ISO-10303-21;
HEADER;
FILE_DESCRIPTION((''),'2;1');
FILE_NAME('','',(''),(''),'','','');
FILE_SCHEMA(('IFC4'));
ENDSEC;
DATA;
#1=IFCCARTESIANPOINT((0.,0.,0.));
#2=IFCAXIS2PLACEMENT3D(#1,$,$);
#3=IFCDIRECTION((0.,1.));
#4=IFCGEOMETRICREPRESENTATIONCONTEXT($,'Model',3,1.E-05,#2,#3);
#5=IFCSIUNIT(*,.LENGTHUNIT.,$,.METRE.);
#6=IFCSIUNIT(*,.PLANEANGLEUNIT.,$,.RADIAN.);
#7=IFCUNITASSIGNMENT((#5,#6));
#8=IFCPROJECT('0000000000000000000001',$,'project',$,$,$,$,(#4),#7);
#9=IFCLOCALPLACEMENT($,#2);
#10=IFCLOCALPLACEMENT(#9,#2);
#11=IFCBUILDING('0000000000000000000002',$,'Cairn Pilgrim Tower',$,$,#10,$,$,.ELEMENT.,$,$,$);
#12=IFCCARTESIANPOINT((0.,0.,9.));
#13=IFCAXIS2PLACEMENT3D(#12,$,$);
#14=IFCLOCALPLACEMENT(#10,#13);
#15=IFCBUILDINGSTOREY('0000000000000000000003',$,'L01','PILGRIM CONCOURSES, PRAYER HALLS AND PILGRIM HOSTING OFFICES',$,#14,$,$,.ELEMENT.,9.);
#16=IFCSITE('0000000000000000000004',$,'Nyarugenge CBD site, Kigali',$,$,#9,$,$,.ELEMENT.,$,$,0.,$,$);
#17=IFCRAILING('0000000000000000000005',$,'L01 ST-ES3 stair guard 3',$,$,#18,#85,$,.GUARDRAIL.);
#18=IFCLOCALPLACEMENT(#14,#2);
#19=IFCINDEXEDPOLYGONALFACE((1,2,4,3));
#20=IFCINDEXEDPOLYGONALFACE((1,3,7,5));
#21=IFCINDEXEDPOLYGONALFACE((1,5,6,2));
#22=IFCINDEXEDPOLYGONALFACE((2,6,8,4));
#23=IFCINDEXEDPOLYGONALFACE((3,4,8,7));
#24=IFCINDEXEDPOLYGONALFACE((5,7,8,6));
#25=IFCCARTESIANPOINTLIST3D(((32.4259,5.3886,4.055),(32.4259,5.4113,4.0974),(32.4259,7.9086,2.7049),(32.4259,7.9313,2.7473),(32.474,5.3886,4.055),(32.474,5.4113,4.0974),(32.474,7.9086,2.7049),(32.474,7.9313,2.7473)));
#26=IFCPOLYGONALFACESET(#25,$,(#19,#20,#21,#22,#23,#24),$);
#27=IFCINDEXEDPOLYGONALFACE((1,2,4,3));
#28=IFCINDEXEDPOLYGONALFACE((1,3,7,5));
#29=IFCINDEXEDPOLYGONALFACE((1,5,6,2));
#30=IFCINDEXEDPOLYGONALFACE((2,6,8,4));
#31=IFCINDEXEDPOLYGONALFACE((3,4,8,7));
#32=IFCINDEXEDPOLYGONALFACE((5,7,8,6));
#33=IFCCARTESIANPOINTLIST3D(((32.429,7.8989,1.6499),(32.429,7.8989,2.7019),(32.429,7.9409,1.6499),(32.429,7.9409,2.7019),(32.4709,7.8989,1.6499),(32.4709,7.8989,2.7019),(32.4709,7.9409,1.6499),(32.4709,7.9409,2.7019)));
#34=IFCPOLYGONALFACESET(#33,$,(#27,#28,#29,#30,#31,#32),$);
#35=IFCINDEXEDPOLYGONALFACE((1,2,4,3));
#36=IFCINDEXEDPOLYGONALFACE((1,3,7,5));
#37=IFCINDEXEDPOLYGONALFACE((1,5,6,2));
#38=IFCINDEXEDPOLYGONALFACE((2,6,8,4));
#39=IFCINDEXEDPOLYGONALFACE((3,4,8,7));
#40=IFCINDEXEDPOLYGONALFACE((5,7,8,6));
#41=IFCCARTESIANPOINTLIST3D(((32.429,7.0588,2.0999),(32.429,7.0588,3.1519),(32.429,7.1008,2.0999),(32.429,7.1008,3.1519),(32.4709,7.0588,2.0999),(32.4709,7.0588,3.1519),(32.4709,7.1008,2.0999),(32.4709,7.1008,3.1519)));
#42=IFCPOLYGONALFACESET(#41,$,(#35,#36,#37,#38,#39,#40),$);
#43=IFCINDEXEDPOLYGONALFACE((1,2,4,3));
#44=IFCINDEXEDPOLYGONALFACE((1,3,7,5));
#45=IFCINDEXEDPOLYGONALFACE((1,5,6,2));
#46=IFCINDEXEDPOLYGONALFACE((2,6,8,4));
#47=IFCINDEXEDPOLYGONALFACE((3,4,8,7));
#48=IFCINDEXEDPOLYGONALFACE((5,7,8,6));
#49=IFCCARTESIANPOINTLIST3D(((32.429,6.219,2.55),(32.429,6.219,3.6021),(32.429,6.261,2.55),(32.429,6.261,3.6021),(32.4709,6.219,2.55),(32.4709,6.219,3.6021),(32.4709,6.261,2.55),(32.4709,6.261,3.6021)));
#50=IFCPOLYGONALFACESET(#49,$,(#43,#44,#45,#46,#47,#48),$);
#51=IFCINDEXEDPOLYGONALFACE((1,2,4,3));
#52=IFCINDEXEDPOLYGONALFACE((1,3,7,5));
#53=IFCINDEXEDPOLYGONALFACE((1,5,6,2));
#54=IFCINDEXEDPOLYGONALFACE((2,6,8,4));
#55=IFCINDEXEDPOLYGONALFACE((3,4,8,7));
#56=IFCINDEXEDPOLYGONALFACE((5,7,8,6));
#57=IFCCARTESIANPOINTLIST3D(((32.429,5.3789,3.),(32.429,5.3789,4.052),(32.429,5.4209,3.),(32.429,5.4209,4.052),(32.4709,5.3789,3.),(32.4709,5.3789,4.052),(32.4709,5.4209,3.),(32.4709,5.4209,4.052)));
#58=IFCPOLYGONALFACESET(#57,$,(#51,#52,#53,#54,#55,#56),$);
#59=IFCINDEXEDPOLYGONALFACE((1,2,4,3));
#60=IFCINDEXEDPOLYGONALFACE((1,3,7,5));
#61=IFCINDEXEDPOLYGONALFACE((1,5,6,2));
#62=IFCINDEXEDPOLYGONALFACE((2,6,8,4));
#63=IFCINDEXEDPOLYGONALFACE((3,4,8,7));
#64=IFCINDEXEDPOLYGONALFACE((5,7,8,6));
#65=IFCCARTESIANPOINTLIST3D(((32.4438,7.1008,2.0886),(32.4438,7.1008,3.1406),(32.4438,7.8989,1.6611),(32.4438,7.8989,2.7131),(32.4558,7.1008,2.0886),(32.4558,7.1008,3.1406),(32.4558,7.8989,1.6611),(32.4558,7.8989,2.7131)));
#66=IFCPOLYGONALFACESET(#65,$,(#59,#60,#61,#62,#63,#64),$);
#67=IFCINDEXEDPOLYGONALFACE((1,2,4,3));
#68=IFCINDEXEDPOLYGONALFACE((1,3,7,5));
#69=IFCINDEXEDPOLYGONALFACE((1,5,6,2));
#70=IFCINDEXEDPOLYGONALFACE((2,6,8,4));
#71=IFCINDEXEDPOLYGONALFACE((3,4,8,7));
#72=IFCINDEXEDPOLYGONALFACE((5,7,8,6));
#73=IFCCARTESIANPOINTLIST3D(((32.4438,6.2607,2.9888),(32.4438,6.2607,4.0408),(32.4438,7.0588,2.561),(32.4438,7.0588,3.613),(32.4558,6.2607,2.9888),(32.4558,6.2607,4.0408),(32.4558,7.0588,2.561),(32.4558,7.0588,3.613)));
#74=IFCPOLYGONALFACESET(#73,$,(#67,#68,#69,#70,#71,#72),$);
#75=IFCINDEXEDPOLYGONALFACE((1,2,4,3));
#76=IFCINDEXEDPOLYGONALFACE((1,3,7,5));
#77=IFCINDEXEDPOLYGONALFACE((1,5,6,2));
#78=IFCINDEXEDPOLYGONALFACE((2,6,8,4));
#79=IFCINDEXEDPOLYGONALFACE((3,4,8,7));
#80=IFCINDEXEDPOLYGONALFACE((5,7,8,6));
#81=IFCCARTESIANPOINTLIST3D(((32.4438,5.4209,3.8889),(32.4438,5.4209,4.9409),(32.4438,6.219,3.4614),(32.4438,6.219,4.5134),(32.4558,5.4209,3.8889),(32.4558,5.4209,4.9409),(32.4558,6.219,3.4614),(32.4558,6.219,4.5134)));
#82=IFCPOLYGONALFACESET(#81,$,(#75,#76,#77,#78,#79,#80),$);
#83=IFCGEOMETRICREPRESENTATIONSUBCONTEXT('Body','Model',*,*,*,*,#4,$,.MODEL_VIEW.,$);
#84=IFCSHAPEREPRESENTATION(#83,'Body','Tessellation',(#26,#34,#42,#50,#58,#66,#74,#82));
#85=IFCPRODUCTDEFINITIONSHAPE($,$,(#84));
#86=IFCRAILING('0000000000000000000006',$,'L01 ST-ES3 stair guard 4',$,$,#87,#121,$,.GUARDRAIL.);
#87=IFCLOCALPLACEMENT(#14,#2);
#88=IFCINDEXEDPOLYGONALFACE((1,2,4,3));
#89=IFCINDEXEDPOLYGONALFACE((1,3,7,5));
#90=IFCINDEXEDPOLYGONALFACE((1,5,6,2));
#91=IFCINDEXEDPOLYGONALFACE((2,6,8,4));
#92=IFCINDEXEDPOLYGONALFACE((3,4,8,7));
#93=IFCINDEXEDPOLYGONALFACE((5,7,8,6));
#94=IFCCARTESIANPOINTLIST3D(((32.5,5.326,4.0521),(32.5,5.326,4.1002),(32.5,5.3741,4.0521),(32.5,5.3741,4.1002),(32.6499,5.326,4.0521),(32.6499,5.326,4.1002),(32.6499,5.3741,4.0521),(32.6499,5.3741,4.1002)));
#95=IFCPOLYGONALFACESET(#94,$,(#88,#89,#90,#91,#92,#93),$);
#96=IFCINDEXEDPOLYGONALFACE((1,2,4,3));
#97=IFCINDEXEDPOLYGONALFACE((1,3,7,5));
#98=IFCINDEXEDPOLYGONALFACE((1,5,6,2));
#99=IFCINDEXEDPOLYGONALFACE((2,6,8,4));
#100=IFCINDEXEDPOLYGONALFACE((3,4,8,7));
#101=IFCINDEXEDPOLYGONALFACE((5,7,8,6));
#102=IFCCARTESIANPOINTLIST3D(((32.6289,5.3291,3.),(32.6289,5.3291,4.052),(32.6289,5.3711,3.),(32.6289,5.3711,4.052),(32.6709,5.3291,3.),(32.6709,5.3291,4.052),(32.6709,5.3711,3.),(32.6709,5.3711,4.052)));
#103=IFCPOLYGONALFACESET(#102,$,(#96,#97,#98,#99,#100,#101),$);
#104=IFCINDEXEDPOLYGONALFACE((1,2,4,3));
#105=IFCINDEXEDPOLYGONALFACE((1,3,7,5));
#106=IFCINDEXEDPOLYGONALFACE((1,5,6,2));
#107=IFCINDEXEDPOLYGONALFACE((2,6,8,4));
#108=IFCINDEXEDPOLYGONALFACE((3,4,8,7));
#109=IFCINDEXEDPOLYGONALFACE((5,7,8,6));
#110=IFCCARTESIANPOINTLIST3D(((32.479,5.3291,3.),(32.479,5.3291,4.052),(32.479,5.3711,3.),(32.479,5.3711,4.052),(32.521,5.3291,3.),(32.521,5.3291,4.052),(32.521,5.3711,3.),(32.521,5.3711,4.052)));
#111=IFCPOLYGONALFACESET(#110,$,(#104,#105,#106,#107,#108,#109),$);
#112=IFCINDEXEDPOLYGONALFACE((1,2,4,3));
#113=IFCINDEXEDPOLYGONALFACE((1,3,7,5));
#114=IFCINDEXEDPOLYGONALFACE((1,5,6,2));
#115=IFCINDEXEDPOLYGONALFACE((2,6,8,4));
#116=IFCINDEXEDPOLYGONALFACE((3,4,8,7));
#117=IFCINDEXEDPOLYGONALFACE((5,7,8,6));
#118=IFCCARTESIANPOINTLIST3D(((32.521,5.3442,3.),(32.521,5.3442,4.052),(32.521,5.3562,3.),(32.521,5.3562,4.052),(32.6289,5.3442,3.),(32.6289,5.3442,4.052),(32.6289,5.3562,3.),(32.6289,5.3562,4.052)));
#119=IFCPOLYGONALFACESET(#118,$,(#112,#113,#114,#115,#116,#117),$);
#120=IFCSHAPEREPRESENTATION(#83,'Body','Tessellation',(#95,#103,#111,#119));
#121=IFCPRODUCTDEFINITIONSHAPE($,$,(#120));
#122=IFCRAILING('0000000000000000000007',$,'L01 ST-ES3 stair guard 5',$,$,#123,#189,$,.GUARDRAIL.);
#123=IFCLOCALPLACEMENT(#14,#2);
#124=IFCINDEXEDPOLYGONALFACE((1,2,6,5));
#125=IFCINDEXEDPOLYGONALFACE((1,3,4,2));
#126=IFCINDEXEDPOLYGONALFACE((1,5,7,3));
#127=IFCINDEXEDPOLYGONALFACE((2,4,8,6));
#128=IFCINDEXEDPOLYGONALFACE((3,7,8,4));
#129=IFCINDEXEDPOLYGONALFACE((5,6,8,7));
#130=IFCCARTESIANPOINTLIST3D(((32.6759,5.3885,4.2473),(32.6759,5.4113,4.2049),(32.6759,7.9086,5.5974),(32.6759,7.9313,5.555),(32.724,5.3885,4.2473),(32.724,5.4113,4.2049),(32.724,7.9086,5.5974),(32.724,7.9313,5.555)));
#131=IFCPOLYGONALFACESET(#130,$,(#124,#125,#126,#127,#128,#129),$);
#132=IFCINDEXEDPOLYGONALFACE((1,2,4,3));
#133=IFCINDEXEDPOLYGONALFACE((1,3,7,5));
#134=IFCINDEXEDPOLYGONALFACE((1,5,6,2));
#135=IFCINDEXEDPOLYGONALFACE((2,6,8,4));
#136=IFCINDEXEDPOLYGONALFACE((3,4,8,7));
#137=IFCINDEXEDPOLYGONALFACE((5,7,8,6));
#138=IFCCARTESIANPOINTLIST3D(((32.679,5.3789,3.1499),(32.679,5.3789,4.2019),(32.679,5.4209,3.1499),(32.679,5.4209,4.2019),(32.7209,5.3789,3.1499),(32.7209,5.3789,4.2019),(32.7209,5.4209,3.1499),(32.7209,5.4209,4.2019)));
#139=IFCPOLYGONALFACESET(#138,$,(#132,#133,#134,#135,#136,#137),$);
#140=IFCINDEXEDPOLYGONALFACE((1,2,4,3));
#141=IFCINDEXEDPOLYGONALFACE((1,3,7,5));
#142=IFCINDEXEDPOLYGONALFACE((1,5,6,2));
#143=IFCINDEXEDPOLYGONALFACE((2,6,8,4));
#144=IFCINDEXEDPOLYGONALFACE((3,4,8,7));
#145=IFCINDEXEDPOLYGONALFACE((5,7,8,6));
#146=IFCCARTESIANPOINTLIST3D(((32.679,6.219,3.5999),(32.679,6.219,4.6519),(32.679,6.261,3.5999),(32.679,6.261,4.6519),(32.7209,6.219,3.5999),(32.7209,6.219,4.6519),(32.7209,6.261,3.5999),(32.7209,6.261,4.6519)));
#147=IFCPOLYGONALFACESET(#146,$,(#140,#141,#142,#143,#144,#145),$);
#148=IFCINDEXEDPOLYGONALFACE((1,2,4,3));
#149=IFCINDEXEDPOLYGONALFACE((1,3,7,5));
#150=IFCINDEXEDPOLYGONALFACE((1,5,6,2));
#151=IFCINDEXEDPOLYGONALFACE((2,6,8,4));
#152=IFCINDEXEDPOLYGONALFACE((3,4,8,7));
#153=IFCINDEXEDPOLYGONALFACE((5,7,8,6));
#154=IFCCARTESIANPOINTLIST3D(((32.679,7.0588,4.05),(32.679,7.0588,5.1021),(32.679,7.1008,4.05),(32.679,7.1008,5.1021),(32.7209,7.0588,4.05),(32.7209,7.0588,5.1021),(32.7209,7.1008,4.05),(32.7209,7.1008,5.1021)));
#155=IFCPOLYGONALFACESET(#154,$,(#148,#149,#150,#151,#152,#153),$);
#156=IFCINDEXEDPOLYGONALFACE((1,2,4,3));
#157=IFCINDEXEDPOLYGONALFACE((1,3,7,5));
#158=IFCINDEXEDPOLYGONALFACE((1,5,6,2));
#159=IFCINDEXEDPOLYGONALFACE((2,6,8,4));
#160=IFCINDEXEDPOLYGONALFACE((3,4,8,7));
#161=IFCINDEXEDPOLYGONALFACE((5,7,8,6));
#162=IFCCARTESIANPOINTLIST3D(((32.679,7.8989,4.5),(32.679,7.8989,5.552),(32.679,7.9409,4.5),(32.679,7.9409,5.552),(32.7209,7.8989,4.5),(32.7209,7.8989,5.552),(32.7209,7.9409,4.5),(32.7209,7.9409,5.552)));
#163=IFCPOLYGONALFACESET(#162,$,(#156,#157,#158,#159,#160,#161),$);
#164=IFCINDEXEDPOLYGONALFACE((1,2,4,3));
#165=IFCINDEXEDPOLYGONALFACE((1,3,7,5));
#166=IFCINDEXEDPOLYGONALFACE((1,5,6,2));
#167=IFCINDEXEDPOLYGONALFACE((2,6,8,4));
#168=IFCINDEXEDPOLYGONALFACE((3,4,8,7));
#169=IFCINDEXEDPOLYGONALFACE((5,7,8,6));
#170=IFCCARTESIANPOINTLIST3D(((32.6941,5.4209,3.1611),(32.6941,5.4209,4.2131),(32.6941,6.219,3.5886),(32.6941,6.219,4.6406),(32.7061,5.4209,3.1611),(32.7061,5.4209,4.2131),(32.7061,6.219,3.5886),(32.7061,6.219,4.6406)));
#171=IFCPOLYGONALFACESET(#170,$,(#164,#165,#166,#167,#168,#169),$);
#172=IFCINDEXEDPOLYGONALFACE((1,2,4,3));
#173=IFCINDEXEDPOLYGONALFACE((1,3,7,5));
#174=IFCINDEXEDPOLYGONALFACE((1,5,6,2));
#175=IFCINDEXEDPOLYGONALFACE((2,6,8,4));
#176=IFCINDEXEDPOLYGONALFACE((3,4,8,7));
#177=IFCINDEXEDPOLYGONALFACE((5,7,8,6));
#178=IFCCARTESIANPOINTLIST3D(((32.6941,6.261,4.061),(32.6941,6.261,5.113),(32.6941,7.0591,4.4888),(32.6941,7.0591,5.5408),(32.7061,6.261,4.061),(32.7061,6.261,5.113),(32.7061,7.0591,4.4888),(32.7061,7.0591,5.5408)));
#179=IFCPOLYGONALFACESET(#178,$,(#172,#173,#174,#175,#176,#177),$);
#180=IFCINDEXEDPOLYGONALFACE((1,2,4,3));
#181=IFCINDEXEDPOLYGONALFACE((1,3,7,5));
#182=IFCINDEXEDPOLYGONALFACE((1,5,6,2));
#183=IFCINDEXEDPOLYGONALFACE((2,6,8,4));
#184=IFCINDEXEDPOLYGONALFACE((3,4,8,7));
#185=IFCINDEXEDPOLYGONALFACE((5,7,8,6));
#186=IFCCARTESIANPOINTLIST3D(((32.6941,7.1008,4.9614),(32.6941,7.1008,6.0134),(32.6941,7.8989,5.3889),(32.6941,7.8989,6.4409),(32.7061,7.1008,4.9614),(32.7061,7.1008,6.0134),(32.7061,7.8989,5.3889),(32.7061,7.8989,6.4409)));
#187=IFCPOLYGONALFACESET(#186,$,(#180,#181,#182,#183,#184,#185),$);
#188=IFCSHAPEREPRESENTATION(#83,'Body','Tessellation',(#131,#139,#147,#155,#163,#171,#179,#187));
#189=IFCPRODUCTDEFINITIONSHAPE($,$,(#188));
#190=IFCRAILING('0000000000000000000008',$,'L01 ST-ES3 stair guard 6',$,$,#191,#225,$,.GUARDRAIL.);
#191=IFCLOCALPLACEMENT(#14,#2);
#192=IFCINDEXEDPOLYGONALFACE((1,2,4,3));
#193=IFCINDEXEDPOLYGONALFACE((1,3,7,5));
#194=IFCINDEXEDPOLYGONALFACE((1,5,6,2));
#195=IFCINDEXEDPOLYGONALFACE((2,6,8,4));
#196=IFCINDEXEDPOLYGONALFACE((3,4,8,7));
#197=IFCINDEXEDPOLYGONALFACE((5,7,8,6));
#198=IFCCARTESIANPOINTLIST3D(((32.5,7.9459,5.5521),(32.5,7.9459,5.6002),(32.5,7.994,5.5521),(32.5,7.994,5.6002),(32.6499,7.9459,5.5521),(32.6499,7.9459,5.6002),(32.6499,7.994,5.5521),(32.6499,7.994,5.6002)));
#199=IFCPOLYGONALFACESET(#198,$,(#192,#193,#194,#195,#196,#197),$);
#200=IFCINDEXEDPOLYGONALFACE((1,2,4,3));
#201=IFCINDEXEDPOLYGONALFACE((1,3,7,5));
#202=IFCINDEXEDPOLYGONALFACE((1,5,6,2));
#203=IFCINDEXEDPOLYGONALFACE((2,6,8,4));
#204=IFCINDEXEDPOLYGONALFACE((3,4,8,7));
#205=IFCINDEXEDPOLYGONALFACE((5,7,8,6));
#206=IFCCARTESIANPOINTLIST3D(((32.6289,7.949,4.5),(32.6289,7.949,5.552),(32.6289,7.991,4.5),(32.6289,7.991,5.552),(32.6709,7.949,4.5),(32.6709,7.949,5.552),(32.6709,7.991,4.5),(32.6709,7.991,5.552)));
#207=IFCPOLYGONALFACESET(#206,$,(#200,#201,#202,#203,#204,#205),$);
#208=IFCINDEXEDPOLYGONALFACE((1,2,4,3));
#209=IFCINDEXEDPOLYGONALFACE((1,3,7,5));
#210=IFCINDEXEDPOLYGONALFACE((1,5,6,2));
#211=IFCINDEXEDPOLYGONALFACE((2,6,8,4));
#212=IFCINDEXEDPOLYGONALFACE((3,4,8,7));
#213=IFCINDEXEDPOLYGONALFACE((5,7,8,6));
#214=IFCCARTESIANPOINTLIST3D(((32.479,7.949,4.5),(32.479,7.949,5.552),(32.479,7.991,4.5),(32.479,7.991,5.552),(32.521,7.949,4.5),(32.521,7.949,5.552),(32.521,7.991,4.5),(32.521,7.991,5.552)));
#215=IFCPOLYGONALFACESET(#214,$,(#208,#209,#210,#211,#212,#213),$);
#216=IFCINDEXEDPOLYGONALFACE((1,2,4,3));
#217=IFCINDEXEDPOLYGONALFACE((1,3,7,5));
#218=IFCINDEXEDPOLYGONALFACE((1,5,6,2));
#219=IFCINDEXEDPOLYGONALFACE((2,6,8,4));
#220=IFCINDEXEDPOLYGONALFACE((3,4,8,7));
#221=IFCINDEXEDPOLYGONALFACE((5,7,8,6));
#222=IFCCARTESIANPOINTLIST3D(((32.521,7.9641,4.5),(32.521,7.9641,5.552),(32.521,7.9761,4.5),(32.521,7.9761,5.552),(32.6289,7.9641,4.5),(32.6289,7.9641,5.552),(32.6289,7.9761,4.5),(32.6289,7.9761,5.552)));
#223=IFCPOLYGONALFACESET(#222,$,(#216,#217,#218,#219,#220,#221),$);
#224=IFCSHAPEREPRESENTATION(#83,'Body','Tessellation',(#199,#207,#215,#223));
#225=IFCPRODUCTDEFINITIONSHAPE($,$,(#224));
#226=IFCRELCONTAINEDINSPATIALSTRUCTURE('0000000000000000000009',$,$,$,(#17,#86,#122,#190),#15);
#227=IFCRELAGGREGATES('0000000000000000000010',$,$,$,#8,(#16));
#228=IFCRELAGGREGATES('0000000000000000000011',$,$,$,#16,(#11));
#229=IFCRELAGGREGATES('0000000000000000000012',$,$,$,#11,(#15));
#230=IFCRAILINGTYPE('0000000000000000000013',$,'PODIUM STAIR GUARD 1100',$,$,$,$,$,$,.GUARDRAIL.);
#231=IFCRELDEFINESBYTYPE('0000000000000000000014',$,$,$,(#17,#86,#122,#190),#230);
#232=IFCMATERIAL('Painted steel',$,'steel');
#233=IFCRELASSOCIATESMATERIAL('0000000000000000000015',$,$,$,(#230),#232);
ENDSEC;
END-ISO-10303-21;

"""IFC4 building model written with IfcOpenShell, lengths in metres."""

from ifc_helpers import new_model, si_unit, direction, frame, origin, origin_2d, place, context, subcontext, project, spatial, polyline, rectangle, outline, extrude, material, type_object, element, save


model = new_model("IFC4")

# Units and contexts
model_context = context("Model", 3, precision=1e-05, world=origin(), true_north=direction((0.0, 1.0)))
body_context = subcontext(model_context, "Body", "Model", "MODEL_VIEW")
ifc_project = project(units=[si_unit("LENGTHUNIT", "METRE"), si_unit("PLANEANGLEUNIT", "RADIAN")], contexts=[model_context])

# Site, building, storey
site_placement = place(None, origin())
site = spatial("IfcSite", under=ifc_project, at=site_placement, Name="Nyarugenge CBD site, Kigali", CompositionType="ELEMENT", RefElevation=0.0)
building_placement = place(site_placement, origin())
building = spatial("IfcBuilding", under=site, at=building_placement, Name="Cairn Pilgrim Tower", CompositionType="ELEMENT")
storey_placement = place(building_placement, frame((0.0, 0.0, 9.0)))
storey = spatial("IfcBuildingStorey", under=building, at=storey_placement, Name="L01", Description="PILGRIM CONCOURSES, PRAYER HALLS AND PILGRIM HOSTING OFFICES", CompositionType="ELEMENT", Elevation=9.0)

# Railings
ifc_material_1 = material(Name="Painted steel", Category="steel")
railing_type_1 = type_object("IfcRailingType", Name="PODIUM STAIR GUARD 1100", PredefinedType="GUARDRAIL", material=ifc_material_1)
railing_1_placement = place(storey_placement, frame((32.45, 7.9199, 1.6499)))
element("IfcRailing", 1, at=railing_1_placement, inside=storey, type_object=railing_type_1, Name="L01 ST-ES3 stair guard 3", PredefinedType="GUARDRAIL", context=body_context, shape_type="SweptSolid", body=[
    extrude(rectangle(XDim=0.0481, YDim=0.0481, at=origin_2d()), frame((0.0, 0.0, 1.0762), z_axis=(0.0, -0.881467, 0.472245), x_axis=(1.0, 0.0, 0.0)), (0.0, 0.0, 1.0), 2.8589),
    extrude(rectangle(XDim=0.042, YDim=0.042, at=origin_2d()), origin(), (0.0, 0.0, 1.0), 1.052),
    extrude(rectangle(XDim=0.042, YDim=0.042, at=origin_2d()), frame((0.0, -0.8401, 0.45)), (0.0, 0.0, 1.0), 1.052),
    extrude(rectangle(XDim=0.042, YDim=0.042, at=origin_2d()), frame((0.0, -1.6799, 0.9001)), (0.0, 0.0, 1.0), 1.052),
    extrude(rectangle(XDim=0.042, YDim=0.042, at=origin_2d()), frame((0.0, -2.52, 1.3501)), (0.0, 0.0, 1.0), 1.052),
    extrude(outline(polyline([(0.021, 0.0112), (0.8191, 0.4387), (0.8191, 1.4907), (0.021, 1.0632), (0.021, 0.0112)])), frame((0.0059, 0.0, 0.0), z_axis=(-1.0, 0.0, 0.0), x_axis=(0.0, -1.0, 0.0)), (0.0, 0.0, 1.0), 0.012),
    extrude(outline(polyline([(0.021, 0.4612), (0.8191, 0.8889), (0.8191, 1.9409), (0.021, 1.5132), (0.021, 0.4612)])), frame((0.0059, -0.8401, 0.45), z_axis=(-1.0, 0.0, 0.0), x_axis=(0.0, -1.0, 0.0)), (0.0, 0.0, 1.0), 0.012),
    extrude(outline(polyline([(0.021, 0.9114), (0.8191, 1.3389), (0.8191, 2.3909), (0.021, 1.9634), (0.021, 0.9114)])), frame((0.0059, -1.6799, 0.9001), z_axis=(-1.0, 0.0, 0.0), x_axis=(0.0, -1.0, 0.0)), (0.0, 0.0, 1.0), 0.012),
])
railing_2_placement = place(storey_placement, frame((32.6499, 5.3501, 3.0)))
element("IfcRailing", 2, at=railing_2_placement, inside=storey, type_object=railing_type_1, Name="L01 ST-ES3 stair guard 4", PredefinedType="GUARDRAIL", context=body_context, shape_type="SweptSolid", body=[
    extrude(rectangle(XDim=0.0481, YDim=0.0481, at=origin_2d()), frame((0.0, 0.0, 1.0762), z_axis=(-1.0, 0.0, 0.0), x_axis=(0.0, -1.0, 0.0)), (0.0, 0.0, 1.0), 0.1499),
    extrude(rectangle(XDim=0.042, YDim=0.042, at=origin_2d()), origin(), (0.0, 0.0, 1.0), 1.052),
    extrude(rectangle(XDim=0.042, YDim=0.042, at=origin_2d()), frame((-0.1499, 0.0, 0.0)), (0.0, 0.0, 1.0), 1.052),
    extrude(outline(polyline([(0.021, 0.0), (0.1289, 0.0), (0.1289, 1.052), (0.021, 1.052), (0.021, 0.0)])), frame((0.0, -0.0059, 0.0), z_axis=(0.0, 1.0, 0.0), x_axis=(-1.0, 0.0, 0.0)), (0.0, 0.0, 1.0), 0.012),
])
railing_3_placement = place(storey_placement, frame((32.7, 5.3999, 3.1499)))
element("IfcRailing", 3, at=railing_3_placement, inside=storey, type_object=railing_type_1, Name="L01 ST-ES3 stair guard 5", PredefinedType="GUARDRAIL", context=body_context, shape_type="SweptSolid", body=[
    extrude(rectangle(XDim=0.0481, YDim=0.0481, at=origin_2d()), frame((0.0, 0.0, 1.0762), z_axis=(0.0, 0.881467, 0.472245), x_axis=(-1.0, 0.0, 0.0)), (0.0, 0.0, 1.0), 2.8589),
    extrude(rectangle(XDim=0.042, YDim=0.042, at=origin_2d()), origin(), (0.0, 0.0, 1.0), 1.052),
    extrude(rectangle(XDim=0.042, YDim=0.042, at=origin_2d()), frame((0.0, 0.8401, 0.45)), (0.0, 0.0, 1.0), 1.052),
    extrude(rectangle(XDim=0.042, YDim=0.042, at=origin_2d()), frame((0.0, 1.6799, 0.9001)), (0.0, 0.0, 1.0), 1.052),
    extrude(rectangle(XDim=0.042, YDim=0.042, at=origin_2d()), frame((0.0, 2.52, 1.3501)), (0.0, 0.0, 1.0), 1.052),
    extrude(outline(polyline([(0.021, 0.0112), (0.8191, 0.4387), (0.8191, 1.4907), (0.021, 1.0632), (0.021, 0.0112)])), frame((-0.0059, 0.0, 0.0), z_axis=(1.0, 0.0, 0.0), x_axis=(0.0, 1.0, 0.0)), (0.0, 0.0, 1.0), 0.012),
    extrude(outline(polyline([(0.021, 0.4612), (0.8191, 0.8889), (0.8191, 1.9409), (0.021, 1.5132), (0.021, 0.4612)])), frame((-0.0059, 0.8401, 0.45), z_axis=(1.0, 0.0, 0.0), x_axis=(0.0, 1.0, 0.0)), (0.0, 0.0, 1.0), 0.012),
    extrude(outline(polyline([(0.021, 0.9114), (0.8191, 1.3389), (0.8191, 2.3909), (0.021, 1.9634), (0.021, 0.9114)])), frame((-0.0059, 1.6799, 0.9001), z_axis=(1.0, 0.0, 0.0), x_axis=(0.0, 1.0, 0.0)), (0.0, 0.0, 1.0), 0.012),
])
railing_4_placement = place(storey_placement, frame((32.6499, 7.97, 4.5)))
element("IfcRailing", 4, at=railing_4_placement, inside=storey, type_object=railing_type_1, Name="L01 ST-ES3 stair guard 6", PredefinedType="GUARDRAIL", context=body_context, shape_type="SweptSolid", body=[
    extrude(rectangle(XDim=0.0481, YDim=0.0481, at=origin_2d()), frame((0.0, 0.0, 1.0762), z_axis=(-1.0, 0.0, 0.0), x_axis=(0.0, -1.0, 0.0)), (0.0, 0.0, 1.0), 0.1499),
    extrude(rectangle(XDim=0.042, YDim=0.042, at=origin_2d()), origin(), (0.0, 0.0, 1.0), 1.052),
    extrude(rectangle(XDim=0.042, YDim=0.042, at=origin_2d()), frame((-0.1499, 0.0, 0.0)), (0.0, 0.0, 1.0), 1.052),
    extrude(outline(polyline([(0.021, 0.0), (0.1289, 0.0), (0.1289, 1.052), (0.021, 1.052), (0.021, 0.0)])), frame((0.0, -0.0059, 0.0), z_axis=(0.0, 1.0, 0.0), x_axis=(-1.0, 0.0, 0.0)), (0.0, 0.0, 1.0), 0.012),
])

save(model, "model.ifc")
